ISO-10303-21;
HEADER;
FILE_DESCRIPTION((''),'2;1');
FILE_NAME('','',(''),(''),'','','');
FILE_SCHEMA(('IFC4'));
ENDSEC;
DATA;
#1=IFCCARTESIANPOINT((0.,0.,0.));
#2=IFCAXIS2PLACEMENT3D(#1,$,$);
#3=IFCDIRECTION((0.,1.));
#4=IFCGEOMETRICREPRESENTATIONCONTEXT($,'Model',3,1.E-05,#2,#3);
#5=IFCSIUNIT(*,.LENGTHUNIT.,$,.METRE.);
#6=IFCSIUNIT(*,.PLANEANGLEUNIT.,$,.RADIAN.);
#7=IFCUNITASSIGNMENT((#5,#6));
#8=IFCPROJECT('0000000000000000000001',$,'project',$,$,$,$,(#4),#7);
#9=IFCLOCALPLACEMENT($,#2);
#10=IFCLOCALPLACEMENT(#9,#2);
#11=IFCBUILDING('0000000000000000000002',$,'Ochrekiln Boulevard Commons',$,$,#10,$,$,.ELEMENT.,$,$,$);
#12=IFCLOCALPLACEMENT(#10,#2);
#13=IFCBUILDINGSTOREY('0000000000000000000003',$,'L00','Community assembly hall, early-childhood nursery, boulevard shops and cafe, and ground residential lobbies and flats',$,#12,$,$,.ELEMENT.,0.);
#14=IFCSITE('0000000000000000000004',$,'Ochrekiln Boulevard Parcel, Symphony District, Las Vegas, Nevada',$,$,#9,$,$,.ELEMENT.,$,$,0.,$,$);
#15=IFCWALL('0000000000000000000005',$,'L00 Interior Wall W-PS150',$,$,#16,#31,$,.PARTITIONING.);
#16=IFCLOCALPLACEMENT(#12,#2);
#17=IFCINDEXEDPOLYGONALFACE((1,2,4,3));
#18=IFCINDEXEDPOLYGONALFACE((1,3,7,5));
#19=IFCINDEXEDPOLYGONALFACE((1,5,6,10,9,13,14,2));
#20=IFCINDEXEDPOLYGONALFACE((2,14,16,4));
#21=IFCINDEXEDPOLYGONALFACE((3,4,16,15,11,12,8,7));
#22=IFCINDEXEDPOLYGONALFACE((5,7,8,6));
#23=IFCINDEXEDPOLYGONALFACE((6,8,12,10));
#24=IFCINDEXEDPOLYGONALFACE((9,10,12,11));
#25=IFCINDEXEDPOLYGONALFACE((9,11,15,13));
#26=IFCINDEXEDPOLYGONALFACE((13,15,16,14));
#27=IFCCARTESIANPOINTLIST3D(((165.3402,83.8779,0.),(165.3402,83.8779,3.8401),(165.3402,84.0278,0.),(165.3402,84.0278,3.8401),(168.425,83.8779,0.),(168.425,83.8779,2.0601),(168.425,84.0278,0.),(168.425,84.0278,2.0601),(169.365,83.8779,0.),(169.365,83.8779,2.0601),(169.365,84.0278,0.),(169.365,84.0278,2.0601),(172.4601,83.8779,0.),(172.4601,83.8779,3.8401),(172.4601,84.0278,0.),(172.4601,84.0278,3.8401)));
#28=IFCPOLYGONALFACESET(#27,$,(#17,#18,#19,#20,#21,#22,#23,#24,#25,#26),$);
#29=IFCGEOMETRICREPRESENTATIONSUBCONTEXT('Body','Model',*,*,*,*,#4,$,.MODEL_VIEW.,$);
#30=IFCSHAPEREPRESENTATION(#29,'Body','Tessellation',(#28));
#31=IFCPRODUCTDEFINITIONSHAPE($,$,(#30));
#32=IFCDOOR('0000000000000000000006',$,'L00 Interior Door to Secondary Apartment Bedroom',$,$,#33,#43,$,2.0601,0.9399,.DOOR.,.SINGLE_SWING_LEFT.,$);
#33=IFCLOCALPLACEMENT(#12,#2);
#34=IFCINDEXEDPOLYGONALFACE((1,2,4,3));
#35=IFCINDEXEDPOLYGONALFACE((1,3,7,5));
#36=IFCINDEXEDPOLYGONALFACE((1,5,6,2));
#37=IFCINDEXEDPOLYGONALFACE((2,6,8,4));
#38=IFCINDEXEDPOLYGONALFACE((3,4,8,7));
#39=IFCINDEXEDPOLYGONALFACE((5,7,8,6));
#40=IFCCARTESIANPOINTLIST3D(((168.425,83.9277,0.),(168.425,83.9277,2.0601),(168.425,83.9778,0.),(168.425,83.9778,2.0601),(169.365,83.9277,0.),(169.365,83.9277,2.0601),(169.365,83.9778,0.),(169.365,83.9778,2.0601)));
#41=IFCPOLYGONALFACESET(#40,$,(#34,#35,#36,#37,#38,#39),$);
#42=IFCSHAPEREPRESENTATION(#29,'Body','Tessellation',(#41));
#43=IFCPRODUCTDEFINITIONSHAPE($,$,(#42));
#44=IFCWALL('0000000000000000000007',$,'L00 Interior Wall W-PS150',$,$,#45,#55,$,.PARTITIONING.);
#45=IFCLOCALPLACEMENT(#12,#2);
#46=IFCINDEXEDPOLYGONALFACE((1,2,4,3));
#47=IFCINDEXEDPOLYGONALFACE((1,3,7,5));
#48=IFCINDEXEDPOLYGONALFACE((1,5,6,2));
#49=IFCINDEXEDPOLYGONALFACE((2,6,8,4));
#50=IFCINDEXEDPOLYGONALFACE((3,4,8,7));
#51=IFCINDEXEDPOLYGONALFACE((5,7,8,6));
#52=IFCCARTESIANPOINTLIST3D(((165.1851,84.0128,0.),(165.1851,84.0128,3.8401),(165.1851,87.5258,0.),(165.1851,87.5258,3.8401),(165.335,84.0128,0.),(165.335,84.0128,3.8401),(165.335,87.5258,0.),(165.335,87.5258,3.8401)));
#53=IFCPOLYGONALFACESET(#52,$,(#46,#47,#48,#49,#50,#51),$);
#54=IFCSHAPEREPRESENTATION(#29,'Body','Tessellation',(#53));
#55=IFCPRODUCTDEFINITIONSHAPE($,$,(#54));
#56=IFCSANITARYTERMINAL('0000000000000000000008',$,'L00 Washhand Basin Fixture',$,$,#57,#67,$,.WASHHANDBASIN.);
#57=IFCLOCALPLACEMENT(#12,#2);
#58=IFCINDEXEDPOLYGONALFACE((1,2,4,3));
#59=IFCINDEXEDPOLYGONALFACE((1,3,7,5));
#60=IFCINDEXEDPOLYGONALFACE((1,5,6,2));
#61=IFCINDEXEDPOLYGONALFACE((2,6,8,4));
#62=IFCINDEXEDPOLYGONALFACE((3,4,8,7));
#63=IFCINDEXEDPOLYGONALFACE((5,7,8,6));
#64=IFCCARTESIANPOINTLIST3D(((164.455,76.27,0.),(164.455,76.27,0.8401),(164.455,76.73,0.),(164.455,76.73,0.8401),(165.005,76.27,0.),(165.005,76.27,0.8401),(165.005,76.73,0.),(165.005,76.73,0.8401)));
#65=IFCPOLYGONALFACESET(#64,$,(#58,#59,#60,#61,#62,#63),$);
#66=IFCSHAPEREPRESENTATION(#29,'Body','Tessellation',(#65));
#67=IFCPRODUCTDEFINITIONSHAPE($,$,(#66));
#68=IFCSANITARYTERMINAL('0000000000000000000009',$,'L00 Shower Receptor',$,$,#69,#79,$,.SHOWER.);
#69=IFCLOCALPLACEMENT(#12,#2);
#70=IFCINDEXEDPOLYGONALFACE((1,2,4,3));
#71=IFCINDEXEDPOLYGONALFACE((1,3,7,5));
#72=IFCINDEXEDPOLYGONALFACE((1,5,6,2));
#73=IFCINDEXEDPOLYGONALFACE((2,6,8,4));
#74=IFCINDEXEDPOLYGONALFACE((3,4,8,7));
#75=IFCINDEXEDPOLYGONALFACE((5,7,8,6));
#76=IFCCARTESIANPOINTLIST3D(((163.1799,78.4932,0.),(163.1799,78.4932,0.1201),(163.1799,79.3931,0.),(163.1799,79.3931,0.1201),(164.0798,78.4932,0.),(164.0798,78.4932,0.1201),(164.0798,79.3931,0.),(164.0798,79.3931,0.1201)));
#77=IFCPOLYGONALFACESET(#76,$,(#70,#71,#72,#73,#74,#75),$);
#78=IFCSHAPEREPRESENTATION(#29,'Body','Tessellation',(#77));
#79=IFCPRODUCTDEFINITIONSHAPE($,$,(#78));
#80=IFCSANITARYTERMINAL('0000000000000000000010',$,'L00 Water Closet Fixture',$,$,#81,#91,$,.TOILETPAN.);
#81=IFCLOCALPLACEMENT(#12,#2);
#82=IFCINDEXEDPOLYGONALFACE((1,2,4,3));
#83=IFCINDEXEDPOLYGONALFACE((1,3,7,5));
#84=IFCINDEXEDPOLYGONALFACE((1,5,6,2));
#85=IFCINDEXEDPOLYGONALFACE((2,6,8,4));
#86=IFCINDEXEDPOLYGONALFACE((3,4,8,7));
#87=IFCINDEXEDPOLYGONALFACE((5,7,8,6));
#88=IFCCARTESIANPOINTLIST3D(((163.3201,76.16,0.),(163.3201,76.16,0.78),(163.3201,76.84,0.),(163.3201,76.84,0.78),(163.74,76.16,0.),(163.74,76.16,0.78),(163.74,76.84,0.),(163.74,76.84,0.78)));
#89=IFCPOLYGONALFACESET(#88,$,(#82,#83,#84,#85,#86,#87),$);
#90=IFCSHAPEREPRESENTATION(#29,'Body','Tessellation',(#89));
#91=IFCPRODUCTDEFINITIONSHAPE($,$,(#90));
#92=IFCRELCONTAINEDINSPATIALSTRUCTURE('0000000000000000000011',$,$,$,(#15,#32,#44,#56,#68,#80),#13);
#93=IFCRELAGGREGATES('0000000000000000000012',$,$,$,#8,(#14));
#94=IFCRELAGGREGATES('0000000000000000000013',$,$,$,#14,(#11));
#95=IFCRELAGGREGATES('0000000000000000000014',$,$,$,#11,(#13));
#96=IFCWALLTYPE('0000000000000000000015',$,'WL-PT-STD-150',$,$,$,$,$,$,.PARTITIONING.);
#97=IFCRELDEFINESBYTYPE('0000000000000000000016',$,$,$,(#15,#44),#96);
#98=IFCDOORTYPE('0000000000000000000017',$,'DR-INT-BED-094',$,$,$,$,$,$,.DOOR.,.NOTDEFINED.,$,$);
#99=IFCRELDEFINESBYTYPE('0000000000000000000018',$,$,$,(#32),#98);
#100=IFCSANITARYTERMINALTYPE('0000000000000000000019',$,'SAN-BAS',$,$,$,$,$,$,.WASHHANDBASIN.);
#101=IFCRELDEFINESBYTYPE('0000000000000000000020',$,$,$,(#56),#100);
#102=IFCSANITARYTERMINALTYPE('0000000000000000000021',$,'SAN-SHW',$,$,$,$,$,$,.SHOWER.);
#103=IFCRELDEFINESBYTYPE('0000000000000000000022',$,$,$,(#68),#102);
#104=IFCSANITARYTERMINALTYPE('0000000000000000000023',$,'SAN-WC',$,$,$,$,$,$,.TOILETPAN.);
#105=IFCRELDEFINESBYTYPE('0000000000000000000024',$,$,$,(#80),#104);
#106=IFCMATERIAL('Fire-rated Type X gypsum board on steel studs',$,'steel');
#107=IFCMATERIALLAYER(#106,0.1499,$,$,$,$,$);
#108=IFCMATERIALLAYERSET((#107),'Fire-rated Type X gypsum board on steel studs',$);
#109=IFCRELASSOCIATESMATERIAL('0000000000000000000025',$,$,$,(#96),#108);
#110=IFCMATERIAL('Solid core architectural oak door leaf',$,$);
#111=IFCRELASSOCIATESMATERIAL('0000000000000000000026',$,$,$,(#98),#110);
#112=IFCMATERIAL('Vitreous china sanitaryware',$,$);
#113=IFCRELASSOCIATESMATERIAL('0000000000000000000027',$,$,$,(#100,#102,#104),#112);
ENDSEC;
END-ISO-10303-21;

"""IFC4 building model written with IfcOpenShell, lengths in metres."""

from ifc_helpers import new_model, si_unit, direction, frame, frame_2d, origin, origin_2d, place, context, subcontext, project, spatial, rectangle, extrude, material, layer, layer_set, type_object, element, fill, save


model = new_model("IFC4")

# Units and contexts
model_context = context("Model", 3, precision=1e-05, world=origin(), true_north=direction((0.0, 1.0)))
body_context = subcontext(model_context, "Body", "Model", "MODEL_VIEW")
ifc_project = project(units=[si_unit("LENGTHUNIT", "METRE"), si_unit("PLANEANGLEUNIT", "RADIAN")], contexts=[model_context])

# Site, building, storey
site_placement = place(None, origin())
site = spatial("IfcSite", under=ifc_project, at=site_placement, Name="Ochrekiln Boulevard Parcel, Symphony District, Las Vegas, Nevada", CompositionType="ELEMENT", RefElevation=0.0)
building_placement = place(site_placement, origin())
building = spatial("IfcBuilding", under=site, at=building_placement, Name="Ochrekiln Boulevard Commons", CompositionType="ELEMENT")
storey_placement = place(building_placement, origin())
storey = spatial("IfcBuildingStorey", under=building, at=storey_placement, Name="L00", Description="Community assembly hall, early-childhood nursery, boulevard shops and cafe, and ground residential lobbies and flats", CompositionType="ELEMENT", Elevation=0.0)

# Shared definitions
ifc_material_1 = material(Name="Solid core architectural oak door leaf")

# Shared definitions
ifc_material_2 = material(Name="Fire-rated Type X gypsum board on steel studs", Category="steel")

# Wall, opening, door
ifc_layer_1 = layer(ifc_material_2, 0.1499)
ifc_layer_set_1 = layer_set([ifc_layer_1], Name="Fire-rated Type X gypsum board on steel studs")
wall_type_1 = type_object("IfcWallType", Name="WL-PT-STD-150", PredefinedType="PARTITIONING", material=ifc_layer_set_1)
wall_1_placement = place(storey_placement, frame((165.3401, 83.9529, 0.0), z_axis=(0.0, 0.0, 1.0), x_axis=(1.0, 0.0, 0.0)))
wall_1 = element("IfcWall", 1, at=wall_1_placement, inside=storey, type_object=wall_type_1, Name="L00 Interior Wall W-PS150", PredefinedType="PARTITIONING", context=body_context, shape_type="SweptSolid", body=[
    extrude(rectangle(XDim=7.1199, YDim=0.1499, at=frame_2d((3.5601, 0.0))), origin(), (0.0, 0.0, 1.0), 3.8401),
])
opening_1_placement = place(wall_1_placement, frame((3.085, 0.0, 0.0)))
opening_1 = element("IfcOpeningElement", 2, at=opening_1_placement, cuts=wall_1, PredefinedType="OPENING", context=body_context, shape_type="SweptSolid", body=[
    extrude(rectangle(XDim=0.9399, YDim=2.0601, at=frame_2d((0.47, 1.03))), frame((0.0, 0.085, 0.0), z_axis=(0.0, -1.0, 0.0), x_axis=(1.0, 0.0, 0.0)), (0.0, 0.0, 1.0), 0.1699),
])
door_type_1 = type_object("IfcDoorType", Name="DR-INT-BED-094", OperationType="NOTDEFINED", PredefinedType="DOOR", material=ifc_material_1)
door_1_placement = place(opening_1_placement, origin())
door_1 = element("IfcDoor", 3, at=door_1_placement, inside=storey, type_object=door_type_1, Name="L00 Interior Door to Secondary Apartment Bedroom", OperationType="SINGLE_SWING_LEFT", OverallHeight=2.0601, OverallWidth=0.9399, PredefinedType="DOOR", context=body_context, shape_type="SweptSolid", body=[
    extrude(rectangle(XDim=0.9399, YDim=2.0601, at=frame_2d((0.47, 1.03))), frame((0.0, 0.0249, 0.0), z_axis=(0.0, -1.0, 0.0), x_axis=(1.0, 0.0, 0.0)), (0.0, 0.0, 1.0), 0.05),
])
fill(opening_1, door_1)

# Wall
wall_2_placement = place(storey_placement, frame((165.26, 84.0129, 0.0), z_axis=(0.0, 0.0, 1.0), x_axis=(0.0, 1.0, 0.0)))
element("IfcWall", 4, at=wall_2_placement, inside=storey, type_object=wall_type_1, Name="L00 Interior Wall W-PS150", PredefinedType="PARTITIONING", context=body_context, shape_type="SweptSolid", body=[
    extrude(rectangle(XDim=3.5129, YDim=0.1499, at=frame_2d((1.7563, 0.0))), origin(), (0.0, 0.0, 1.0), 3.8401),
])

# Sanitary terminals
ifc_material_3 = material(Name="Vitreous china sanitaryware")
sanitary_terminal_type_1 = type_object("IfcSanitaryTerminalType", Name="SAN-BAS", PredefinedType="WASHHANDBASIN", material=ifc_material_3)
sanitary_terminal_1_placement = place(storey_placement, frame((164.73, 76.5, 0.0), z_axis=(0.0, 0.0, 1.0), x_axis=(1.0, 0.0, 0.0)))
element("IfcSanitaryTerminal", 5, at=sanitary_terminal_1_placement, inside=storey, type_object=sanitary_terminal_type_1, Name="L00 Washhand Basin Fixture", PredefinedType="WASHHANDBASIN", context=body_context, shape_type="SweptSolid", body=[
    extrude(rectangle(XDim=0.55, YDim=0.46, at=origin_2d()), origin(), (0.0, 0.0, 1.0), 0.8401),
])
sanitary_terminal_type_2 = type_object("IfcSanitaryTerminalType", Name="SAN-SHW", PredefinedType="SHOWER", material=ifc_material_3)
sanitary_terminal_2_placement = place(storey_placement, frame((163.6299, 78.9431, 0.0), z_axis=(0.0, 0.0, 1.0), x_axis=(1.0, 0.0, 0.0)))
element("IfcSanitaryTerminal", 6, at=sanitary_terminal_2_placement, inside=storey, type_object=sanitary_terminal_type_2, Name="L00 Shower Receptor", PredefinedType="SHOWER", context=body_context, shape_type="SweptSolid", body=[
    extrude(rectangle(XDim=0.8999, YDim=0.8999, at=origin_2d()), origin(), (0.0, 0.0, 1.0), 0.1201),
])
sanitary_terminal_type_3 = type_object("IfcSanitaryTerminalType", Name="SAN-WC", PredefinedType="TOILETPAN", material=ifc_material_3)
sanitary_terminal_3_placement = place(storey_placement, frame((163.53, 76.5, 0.0), z_axis=(0.0, 0.0, 1.0), x_axis=(1.0, 0.0, 0.0)))
element("IfcSanitaryTerminal", 7, at=sanitary_terminal_3_placement, inside=storey, type_object=sanitary_terminal_type_3, Name="L00 Water Closet Fixture", PredefinedType="TOILETPAN", context=body_context, shape_type="SweptSolid", body=[
    extrude(rectangle(XDim=0.4199, YDim=0.6799, at=origin_2d()), origin(), (0.0, 0.0, 1.0), 0.78),
])

save(model, "model.ifc")
